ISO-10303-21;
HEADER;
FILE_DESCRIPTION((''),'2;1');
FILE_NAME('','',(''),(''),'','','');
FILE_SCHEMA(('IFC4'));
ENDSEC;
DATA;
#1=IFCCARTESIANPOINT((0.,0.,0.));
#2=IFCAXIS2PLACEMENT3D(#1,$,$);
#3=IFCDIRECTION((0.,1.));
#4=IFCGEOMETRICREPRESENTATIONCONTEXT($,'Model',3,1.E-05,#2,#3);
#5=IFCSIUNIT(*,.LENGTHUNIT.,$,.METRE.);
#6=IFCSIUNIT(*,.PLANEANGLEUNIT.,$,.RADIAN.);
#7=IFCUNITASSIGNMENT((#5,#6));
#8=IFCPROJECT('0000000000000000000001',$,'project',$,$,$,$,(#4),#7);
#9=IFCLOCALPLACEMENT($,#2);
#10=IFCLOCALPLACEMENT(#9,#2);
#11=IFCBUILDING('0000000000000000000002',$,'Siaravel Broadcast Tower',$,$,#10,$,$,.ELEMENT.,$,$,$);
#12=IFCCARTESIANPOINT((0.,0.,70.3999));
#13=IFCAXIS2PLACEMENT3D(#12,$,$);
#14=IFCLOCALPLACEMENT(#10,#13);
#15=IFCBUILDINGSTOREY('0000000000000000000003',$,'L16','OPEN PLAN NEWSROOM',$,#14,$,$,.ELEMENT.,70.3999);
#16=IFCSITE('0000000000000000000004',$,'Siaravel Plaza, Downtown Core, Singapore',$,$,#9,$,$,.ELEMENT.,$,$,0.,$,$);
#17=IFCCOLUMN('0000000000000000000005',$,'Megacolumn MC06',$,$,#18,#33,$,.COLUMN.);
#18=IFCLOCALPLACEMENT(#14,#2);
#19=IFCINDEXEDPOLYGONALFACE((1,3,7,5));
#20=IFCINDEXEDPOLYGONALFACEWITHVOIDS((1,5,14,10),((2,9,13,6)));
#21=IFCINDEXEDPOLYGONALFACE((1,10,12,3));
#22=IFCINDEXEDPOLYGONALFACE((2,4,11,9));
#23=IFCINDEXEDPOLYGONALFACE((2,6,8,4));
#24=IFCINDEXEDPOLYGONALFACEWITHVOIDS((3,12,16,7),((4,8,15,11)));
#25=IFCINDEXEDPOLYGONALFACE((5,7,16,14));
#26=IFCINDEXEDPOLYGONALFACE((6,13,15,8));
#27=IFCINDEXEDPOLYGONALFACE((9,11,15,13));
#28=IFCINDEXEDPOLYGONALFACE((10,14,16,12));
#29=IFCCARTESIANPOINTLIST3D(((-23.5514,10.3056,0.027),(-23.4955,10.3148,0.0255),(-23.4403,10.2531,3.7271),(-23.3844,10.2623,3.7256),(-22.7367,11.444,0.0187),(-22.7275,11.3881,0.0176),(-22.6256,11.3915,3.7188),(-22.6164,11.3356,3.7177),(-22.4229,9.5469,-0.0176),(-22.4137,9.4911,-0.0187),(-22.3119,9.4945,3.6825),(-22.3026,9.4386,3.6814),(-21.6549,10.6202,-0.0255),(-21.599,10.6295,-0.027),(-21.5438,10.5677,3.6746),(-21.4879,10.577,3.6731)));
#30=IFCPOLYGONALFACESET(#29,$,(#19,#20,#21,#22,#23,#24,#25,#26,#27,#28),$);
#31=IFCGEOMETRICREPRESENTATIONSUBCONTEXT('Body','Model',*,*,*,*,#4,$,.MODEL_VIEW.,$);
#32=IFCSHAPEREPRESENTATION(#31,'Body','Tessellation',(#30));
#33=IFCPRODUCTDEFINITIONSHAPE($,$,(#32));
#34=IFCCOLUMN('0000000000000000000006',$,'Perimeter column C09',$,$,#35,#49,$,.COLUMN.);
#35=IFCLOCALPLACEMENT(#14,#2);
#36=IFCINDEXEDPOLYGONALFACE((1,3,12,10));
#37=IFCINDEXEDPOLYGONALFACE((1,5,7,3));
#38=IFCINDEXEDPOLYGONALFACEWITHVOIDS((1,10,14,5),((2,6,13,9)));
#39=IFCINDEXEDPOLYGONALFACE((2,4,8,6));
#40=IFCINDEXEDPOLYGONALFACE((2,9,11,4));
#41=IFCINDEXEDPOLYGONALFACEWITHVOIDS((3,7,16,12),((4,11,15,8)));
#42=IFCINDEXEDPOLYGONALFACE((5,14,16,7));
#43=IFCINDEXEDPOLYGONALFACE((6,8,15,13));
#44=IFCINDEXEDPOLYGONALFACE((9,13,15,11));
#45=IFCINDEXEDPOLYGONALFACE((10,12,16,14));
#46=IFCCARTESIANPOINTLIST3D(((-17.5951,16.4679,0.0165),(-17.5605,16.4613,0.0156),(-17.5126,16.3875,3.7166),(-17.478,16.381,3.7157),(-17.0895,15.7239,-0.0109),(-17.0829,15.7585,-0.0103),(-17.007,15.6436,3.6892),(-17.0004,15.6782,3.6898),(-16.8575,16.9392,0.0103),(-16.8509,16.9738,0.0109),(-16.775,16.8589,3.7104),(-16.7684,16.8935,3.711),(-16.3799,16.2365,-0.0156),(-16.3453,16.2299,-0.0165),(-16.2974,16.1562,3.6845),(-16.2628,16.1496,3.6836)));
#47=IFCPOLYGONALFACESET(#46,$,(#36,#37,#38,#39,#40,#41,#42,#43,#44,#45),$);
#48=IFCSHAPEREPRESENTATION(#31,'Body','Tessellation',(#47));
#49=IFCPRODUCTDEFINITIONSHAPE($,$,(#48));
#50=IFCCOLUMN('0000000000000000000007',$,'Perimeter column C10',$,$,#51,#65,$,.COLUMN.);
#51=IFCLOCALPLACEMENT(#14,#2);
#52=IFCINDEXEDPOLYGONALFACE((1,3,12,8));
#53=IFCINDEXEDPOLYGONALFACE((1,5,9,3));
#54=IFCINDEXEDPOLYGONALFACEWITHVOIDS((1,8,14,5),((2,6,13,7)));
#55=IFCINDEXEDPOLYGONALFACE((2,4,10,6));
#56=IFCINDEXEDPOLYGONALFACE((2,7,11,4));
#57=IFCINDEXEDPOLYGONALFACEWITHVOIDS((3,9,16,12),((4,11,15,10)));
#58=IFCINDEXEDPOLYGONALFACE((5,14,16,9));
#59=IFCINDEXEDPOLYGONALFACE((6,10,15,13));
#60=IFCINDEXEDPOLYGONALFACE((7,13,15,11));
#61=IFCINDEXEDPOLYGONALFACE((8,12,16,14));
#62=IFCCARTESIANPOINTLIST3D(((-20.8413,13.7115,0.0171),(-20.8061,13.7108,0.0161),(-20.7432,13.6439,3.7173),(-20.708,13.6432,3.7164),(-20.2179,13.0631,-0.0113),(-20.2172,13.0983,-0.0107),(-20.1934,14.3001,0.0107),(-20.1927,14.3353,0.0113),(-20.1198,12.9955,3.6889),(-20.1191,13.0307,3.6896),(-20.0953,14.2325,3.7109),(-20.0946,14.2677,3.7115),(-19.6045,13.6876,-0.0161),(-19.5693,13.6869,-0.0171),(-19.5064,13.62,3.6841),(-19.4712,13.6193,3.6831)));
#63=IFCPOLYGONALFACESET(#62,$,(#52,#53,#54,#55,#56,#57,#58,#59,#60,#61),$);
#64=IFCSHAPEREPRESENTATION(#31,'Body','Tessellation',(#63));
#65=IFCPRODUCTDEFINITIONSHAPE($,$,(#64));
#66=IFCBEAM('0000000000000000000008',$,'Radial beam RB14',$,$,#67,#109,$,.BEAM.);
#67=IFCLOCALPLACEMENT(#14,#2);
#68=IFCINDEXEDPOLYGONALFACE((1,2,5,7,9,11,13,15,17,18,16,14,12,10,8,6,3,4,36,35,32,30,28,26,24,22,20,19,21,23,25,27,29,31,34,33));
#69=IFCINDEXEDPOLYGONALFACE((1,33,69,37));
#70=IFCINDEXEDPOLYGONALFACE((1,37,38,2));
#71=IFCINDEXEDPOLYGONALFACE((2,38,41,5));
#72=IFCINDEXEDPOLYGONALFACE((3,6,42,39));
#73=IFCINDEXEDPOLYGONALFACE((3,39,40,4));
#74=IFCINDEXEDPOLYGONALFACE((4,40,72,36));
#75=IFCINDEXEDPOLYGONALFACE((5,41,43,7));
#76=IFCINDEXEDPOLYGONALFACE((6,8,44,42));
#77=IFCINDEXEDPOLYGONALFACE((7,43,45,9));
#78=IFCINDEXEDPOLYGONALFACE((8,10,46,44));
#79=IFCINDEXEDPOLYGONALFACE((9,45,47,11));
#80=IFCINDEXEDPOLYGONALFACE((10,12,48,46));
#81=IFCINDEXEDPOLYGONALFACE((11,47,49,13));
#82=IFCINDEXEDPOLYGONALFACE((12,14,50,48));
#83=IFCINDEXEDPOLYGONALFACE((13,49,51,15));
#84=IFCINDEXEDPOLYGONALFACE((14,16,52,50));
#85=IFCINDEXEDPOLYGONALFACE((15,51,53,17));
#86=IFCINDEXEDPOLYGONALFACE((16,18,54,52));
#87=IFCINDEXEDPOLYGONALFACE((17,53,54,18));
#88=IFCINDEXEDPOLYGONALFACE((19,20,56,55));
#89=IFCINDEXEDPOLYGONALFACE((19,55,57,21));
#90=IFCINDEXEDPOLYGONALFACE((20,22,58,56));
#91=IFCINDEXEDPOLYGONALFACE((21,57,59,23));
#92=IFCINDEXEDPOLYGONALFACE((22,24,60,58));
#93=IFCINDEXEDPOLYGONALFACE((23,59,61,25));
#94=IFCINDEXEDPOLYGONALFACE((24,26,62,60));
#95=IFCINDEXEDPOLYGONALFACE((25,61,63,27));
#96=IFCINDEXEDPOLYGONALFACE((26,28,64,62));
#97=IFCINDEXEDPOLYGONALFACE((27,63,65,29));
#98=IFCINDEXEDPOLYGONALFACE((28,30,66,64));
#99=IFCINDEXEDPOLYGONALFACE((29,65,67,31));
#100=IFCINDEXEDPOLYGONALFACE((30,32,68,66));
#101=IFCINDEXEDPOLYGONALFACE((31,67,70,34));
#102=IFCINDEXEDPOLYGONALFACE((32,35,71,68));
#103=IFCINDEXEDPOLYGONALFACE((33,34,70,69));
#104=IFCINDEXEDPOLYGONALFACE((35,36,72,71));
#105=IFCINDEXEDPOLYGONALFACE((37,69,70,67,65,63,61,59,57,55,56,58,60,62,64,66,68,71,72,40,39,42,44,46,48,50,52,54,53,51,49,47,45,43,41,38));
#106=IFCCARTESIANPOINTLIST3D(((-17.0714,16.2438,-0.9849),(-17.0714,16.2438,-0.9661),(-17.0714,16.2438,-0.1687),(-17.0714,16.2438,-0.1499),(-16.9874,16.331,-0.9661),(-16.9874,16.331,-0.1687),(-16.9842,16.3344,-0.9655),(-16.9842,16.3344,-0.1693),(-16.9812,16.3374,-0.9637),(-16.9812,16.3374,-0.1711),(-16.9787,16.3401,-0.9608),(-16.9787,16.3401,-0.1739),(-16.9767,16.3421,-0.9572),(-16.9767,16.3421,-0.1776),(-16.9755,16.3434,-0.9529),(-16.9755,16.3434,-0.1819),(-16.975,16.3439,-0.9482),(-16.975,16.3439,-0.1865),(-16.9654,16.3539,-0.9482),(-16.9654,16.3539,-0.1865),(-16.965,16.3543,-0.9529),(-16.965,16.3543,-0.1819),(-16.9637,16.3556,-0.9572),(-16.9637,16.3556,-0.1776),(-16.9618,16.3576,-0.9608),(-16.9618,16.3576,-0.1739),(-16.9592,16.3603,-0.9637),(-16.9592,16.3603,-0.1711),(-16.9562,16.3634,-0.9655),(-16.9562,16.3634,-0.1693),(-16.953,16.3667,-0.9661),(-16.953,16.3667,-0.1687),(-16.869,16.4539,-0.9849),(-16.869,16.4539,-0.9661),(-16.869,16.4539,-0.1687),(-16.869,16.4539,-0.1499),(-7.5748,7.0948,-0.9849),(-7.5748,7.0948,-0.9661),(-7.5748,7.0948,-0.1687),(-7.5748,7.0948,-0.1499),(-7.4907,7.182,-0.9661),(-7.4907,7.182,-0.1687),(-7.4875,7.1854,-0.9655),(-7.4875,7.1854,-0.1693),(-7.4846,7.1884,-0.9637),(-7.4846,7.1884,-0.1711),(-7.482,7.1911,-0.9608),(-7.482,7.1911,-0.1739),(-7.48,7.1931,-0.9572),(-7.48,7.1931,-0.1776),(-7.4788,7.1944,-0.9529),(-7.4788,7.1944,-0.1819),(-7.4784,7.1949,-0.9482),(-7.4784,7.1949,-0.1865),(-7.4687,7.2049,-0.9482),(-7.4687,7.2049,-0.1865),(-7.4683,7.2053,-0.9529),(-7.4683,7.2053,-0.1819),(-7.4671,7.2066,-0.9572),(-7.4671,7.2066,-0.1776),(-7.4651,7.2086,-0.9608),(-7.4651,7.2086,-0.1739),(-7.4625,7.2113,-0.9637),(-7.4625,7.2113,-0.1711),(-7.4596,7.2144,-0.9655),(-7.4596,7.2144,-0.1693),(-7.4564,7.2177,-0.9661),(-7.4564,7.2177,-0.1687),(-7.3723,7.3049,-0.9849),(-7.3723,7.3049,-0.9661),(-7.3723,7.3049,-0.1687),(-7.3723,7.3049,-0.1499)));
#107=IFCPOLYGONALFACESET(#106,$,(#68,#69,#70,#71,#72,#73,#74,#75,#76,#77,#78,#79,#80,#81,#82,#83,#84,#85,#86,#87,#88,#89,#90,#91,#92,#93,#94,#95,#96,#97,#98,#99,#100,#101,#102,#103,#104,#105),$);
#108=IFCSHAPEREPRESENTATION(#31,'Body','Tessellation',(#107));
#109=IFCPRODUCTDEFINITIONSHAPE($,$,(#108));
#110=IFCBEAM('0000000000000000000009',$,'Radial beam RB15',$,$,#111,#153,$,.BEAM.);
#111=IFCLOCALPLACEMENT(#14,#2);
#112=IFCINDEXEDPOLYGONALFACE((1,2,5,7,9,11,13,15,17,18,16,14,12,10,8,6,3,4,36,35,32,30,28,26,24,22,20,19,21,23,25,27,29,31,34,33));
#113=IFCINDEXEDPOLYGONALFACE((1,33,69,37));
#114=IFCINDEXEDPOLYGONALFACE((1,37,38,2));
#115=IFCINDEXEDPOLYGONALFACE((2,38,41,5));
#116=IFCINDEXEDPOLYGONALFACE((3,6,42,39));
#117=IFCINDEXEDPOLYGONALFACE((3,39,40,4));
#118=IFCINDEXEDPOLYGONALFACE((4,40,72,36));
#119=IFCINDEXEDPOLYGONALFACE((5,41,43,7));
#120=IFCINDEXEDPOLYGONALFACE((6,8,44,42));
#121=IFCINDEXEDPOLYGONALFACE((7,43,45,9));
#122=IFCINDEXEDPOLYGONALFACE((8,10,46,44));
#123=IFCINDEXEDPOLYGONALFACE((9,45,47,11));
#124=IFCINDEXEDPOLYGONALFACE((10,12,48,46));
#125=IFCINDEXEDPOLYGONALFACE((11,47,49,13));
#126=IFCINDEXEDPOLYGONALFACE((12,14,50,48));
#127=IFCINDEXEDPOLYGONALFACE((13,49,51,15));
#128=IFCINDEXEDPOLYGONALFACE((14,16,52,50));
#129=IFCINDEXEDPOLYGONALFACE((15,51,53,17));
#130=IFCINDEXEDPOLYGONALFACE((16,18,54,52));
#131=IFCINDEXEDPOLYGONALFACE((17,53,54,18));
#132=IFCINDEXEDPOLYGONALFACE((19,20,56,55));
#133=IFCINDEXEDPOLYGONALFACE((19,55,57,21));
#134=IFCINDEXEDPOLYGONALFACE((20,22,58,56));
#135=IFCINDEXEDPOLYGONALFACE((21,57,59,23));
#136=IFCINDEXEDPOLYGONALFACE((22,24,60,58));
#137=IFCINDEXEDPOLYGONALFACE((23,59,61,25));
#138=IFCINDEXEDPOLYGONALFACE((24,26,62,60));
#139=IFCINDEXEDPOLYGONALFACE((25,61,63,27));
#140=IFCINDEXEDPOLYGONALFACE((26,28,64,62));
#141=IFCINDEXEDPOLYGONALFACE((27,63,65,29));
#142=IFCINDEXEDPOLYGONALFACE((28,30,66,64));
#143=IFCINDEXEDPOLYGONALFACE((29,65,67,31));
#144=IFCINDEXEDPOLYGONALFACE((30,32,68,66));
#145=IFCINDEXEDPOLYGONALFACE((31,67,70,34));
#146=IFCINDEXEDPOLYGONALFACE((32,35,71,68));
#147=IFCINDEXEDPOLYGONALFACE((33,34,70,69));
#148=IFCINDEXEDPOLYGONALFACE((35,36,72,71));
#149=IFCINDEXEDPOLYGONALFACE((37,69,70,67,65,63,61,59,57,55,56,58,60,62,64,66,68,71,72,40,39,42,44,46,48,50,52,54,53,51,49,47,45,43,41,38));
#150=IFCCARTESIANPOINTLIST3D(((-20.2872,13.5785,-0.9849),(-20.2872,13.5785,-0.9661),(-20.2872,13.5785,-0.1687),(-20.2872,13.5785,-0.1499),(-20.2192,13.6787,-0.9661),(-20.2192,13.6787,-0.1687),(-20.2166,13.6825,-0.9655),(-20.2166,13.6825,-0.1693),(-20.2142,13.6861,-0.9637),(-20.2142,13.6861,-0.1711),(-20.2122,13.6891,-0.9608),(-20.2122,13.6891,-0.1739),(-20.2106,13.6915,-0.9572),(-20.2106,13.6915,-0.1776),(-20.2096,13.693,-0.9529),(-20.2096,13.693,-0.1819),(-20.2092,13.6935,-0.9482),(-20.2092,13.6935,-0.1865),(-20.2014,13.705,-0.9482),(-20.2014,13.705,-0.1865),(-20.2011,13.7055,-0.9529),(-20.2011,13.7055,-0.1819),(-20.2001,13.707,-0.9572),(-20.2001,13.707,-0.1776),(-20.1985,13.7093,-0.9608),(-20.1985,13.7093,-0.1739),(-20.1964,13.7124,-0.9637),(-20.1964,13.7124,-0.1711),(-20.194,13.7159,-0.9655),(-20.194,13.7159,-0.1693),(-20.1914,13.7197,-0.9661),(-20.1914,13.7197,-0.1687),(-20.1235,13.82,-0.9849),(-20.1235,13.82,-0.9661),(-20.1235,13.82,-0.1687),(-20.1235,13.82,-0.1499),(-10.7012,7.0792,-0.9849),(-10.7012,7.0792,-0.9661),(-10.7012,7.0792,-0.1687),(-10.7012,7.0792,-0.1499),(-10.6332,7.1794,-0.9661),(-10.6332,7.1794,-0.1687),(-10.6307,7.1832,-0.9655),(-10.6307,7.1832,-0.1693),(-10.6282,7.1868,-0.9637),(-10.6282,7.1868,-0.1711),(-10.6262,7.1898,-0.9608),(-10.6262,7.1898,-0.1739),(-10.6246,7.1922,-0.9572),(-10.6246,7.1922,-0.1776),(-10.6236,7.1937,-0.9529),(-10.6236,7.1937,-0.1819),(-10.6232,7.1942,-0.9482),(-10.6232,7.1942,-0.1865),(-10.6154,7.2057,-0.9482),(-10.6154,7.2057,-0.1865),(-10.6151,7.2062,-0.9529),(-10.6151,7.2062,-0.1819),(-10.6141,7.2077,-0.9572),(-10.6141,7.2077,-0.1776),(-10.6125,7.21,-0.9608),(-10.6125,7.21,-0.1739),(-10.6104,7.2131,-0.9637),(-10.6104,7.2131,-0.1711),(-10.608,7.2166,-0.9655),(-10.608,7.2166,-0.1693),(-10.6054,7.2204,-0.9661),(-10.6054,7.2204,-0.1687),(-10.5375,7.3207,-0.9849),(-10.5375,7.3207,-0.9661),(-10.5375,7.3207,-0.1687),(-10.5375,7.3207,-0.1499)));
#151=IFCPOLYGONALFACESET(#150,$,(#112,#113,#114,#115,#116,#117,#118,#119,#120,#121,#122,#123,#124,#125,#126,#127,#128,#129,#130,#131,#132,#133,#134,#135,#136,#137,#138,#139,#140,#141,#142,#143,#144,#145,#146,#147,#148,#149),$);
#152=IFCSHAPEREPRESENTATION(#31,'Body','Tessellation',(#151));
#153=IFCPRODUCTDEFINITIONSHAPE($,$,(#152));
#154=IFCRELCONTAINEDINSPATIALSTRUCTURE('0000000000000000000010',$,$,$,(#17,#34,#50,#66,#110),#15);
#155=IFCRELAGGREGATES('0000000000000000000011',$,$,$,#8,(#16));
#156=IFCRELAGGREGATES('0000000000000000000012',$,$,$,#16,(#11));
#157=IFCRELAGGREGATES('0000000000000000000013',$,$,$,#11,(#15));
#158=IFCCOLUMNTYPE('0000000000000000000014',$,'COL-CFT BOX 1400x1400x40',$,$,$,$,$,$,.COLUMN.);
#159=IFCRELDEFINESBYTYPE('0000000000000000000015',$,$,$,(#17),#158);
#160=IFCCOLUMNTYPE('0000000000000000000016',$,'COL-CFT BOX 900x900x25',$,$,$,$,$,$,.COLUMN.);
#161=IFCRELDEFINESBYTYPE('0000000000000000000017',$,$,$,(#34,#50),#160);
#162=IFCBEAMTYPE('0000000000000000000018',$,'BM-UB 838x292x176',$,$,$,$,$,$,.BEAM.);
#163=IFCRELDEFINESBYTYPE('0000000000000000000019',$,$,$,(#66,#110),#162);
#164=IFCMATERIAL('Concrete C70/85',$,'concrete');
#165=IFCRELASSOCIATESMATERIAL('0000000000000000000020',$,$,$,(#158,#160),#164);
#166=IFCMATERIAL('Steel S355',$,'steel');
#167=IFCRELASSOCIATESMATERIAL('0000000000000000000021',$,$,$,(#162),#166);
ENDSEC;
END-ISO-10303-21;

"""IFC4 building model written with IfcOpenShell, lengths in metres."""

from ifc_helpers import new_model, si_unit, direction, frame, origin, origin_2d, place, context, subcontext, project, spatial, hollow_rectangle, i_section, extrude, material, material_profile, profile_set, type_object, element, save


model = new_model("IFC4")

# Units and contexts
model_context = context("Model", 3, precision=1e-05, world=origin(), true_north=direction((0.0, 1.0)))
body_context = subcontext(model_context, "Body", "Model", "MODEL_VIEW")
ifc_project = project(units=[si_unit("LENGTHUNIT", "METRE"), si_unit("PLANEANGLEUNIT", "RADIAN")], contexts=[model_context])

# Site, building, storey
site_placement = place(None, origin())
site = spatial("IfcSite", under=ifc_project, at=site_placement, Name="Siaravel Plaza, Downtown Core, Singapore", CompositionType="ELEMENT", RefElevation=0.0)
building_placement = place(site_placement, origin())
building = spatial("IfcBuilding", under=site, at=building_placement, Name="Siaravel Broadcast Tower", CompositionType="ELEMENT")
storey_placement = place(building_placement, frame((0.0, 0.0, 70.3999)))
storey = spatial("IfcBuildingStorey", under=building, at=storey_placement, Name="L16", Description="OPEN PLAN NEWSROOM", CompositionType="ELEMENT", Elevation=70.3999)

# Columns
ifc_material_1 = material(Name="Concrete C70/85", Category="concrete")
ifc_material_profile_1 = material_profile(ifc_material_1, hollow_rectangle(XDim=1.3999, YDim=1.3999, WallThickness=0.04, at=origin_2d()))
ifc_profile_set_1 = profile_set([ifc_material_profile_1], Name="Concrete C70/85")
column_type_1 = type_object("IfcColumnType", Name="COL-CFT BOX 1400x1400x40", PredefinedType="COLUMN", material=ifc_profile_set_1)
column_1_placement = place(storey_placement, frame((-22.5752, 10.4675, 0.0), z_axis=(0.030005, -0.014178, 0.999449), x_axis=(0.581949, 0.813204, -0.005935)))
element("IfcColumn", 1, at=column_1_placement, inside=storey, type_object=column_type_1, Name="Megacolumn MC06", PredefinedType="COLUMN", context=body_context, shape_type="SweptSolid", body=[
    extrude(hollow_rectangle(XDim=1.3999, YDim=1.3999, WallThickness=0.04, at=origin_2d()), origin(), (0.0, 0.0, 1.0), 3.7021),
])
ifc_material_profile_2 = material_profile(ifc_material_1, hollow_rectangle(XDim=0.8999, YDim=0.8999, WallThickness=0.0249, at=origin_2d()))
ifc_profile_set_2 = profile_set([ifc_material_profile_2], Name="Concrete C70/85")
column_type_2 = type_object("IfcColumnType", Name="COL-CFT BOX 900x900x25", PredefinedType="COLUMN", material=ifc_profile_set_2)
column_2_placement = place(storey_placement, frame((-16.9702, 16.3489, 0.0), z_axis=(0.022291, -0.021697, 0.999516), x_axis=(0.826952, 0.562239, -0.006237)))
element("IfcColumn", 2, at=column_2_placement, inside=storey, type_object=column_type_2, Name="Perimeter column C09", PredefinedType="COLUMN", context=body_context, shape_type="SweptSolid", body=[
    extrude(hollow_rectangle(XDim=0.8999, YDim=0.8999, WallThickness=0.0249, at=origin_2d()), origin(), (0.0, 0.0, 1.0), 3.7019),
])
column_3_placement = place(storey_placement, frame((-20.2053, 13.6992, 0.0), z_axis=(0.02651, -0.018267, 0.999482), x_axis=(0.720731, 0.693184, -0.006448)))
element("IfcColumn", 3, at=column_3_placement, inside=storey, type_object=column_type_2, Name="Perimeter column C10", PredefinedType="COLUMN", context=body_context, shape_type="SweptSolid", body=[
    extrude(hollow_rectangle(XDim=0.8999, YDim=0.8999, WallThickness=0.0249, at=origin_2d()), origin(), (0.0, 0.0, 1.0), 3.7021),
])

# Beams
ifc_material_2 = material(Name="Steel S355", Category="steel")
ifc_material_profile_3 = material_profile(ifc_material_2, i_section(OverallWidth=0.2917, OverallDepth=0.835, WebThickness=0.0139, FlangeThickness=0.0188, FilletRadius=0.0178, at=origin_2d()))
ifc_profile_set_3 = profile_set([ifc_material_profile_3], Name="Steel S355")
beam_type = type_object("IfcBeamType", Name="BM-UB 838x292x176", PredefinedType="BEAM", material=ifc_profile_set_3)
beam_1_placement = place(storey_placement, frame((-16.9702, 16.3489, -0.5674), z_axis=(0.720166, -0.693802, 0.0), x_axis=(0.693802, 0.720166, 0.0)))
element("IfcBeam", 4, at=beam_1_placement, inside=storey, type_object=beam_type, Name="Radial beam RB14", PredefinedType="BEAM", context=body_context, shape_type="SweptSolid", body=[
    extrude(i_section(OverallWidth=0.2917, OverallDepth=0.835, WebThickness=0.0139, FlangeThickness=0.0188, FilletRadius=0.0178, at=origin_2d()), origin(), (0.0, 0.0, 1.0), 13.1868),
])
beam_2_placement = place(storey_placement, frame((-20.2053, 13.6992, -0.5674), z_axis=(0.827695, -0.561178, 0.0), x_axis=(0.561178, 0.827695, 0.0)))
element("IfcBeam", 5, at=beam_2_placement, inside=storey, type_object=beam_type, Name="Radial beam RB15", PredefinedType="BEAM", context=body_context, shape_type="SweptSolid", body=[
    extrude(i_section(OverallWidth=0.2917, OverallDepth=0.835, WebThickness=0.0139, FlangeThickness=0.0188, FilletRadius=0.0178, at=origin_2d()), origin(), (0.0, 0.0, 1.0), 11.5815),
])

save(model, "model.ifc")
